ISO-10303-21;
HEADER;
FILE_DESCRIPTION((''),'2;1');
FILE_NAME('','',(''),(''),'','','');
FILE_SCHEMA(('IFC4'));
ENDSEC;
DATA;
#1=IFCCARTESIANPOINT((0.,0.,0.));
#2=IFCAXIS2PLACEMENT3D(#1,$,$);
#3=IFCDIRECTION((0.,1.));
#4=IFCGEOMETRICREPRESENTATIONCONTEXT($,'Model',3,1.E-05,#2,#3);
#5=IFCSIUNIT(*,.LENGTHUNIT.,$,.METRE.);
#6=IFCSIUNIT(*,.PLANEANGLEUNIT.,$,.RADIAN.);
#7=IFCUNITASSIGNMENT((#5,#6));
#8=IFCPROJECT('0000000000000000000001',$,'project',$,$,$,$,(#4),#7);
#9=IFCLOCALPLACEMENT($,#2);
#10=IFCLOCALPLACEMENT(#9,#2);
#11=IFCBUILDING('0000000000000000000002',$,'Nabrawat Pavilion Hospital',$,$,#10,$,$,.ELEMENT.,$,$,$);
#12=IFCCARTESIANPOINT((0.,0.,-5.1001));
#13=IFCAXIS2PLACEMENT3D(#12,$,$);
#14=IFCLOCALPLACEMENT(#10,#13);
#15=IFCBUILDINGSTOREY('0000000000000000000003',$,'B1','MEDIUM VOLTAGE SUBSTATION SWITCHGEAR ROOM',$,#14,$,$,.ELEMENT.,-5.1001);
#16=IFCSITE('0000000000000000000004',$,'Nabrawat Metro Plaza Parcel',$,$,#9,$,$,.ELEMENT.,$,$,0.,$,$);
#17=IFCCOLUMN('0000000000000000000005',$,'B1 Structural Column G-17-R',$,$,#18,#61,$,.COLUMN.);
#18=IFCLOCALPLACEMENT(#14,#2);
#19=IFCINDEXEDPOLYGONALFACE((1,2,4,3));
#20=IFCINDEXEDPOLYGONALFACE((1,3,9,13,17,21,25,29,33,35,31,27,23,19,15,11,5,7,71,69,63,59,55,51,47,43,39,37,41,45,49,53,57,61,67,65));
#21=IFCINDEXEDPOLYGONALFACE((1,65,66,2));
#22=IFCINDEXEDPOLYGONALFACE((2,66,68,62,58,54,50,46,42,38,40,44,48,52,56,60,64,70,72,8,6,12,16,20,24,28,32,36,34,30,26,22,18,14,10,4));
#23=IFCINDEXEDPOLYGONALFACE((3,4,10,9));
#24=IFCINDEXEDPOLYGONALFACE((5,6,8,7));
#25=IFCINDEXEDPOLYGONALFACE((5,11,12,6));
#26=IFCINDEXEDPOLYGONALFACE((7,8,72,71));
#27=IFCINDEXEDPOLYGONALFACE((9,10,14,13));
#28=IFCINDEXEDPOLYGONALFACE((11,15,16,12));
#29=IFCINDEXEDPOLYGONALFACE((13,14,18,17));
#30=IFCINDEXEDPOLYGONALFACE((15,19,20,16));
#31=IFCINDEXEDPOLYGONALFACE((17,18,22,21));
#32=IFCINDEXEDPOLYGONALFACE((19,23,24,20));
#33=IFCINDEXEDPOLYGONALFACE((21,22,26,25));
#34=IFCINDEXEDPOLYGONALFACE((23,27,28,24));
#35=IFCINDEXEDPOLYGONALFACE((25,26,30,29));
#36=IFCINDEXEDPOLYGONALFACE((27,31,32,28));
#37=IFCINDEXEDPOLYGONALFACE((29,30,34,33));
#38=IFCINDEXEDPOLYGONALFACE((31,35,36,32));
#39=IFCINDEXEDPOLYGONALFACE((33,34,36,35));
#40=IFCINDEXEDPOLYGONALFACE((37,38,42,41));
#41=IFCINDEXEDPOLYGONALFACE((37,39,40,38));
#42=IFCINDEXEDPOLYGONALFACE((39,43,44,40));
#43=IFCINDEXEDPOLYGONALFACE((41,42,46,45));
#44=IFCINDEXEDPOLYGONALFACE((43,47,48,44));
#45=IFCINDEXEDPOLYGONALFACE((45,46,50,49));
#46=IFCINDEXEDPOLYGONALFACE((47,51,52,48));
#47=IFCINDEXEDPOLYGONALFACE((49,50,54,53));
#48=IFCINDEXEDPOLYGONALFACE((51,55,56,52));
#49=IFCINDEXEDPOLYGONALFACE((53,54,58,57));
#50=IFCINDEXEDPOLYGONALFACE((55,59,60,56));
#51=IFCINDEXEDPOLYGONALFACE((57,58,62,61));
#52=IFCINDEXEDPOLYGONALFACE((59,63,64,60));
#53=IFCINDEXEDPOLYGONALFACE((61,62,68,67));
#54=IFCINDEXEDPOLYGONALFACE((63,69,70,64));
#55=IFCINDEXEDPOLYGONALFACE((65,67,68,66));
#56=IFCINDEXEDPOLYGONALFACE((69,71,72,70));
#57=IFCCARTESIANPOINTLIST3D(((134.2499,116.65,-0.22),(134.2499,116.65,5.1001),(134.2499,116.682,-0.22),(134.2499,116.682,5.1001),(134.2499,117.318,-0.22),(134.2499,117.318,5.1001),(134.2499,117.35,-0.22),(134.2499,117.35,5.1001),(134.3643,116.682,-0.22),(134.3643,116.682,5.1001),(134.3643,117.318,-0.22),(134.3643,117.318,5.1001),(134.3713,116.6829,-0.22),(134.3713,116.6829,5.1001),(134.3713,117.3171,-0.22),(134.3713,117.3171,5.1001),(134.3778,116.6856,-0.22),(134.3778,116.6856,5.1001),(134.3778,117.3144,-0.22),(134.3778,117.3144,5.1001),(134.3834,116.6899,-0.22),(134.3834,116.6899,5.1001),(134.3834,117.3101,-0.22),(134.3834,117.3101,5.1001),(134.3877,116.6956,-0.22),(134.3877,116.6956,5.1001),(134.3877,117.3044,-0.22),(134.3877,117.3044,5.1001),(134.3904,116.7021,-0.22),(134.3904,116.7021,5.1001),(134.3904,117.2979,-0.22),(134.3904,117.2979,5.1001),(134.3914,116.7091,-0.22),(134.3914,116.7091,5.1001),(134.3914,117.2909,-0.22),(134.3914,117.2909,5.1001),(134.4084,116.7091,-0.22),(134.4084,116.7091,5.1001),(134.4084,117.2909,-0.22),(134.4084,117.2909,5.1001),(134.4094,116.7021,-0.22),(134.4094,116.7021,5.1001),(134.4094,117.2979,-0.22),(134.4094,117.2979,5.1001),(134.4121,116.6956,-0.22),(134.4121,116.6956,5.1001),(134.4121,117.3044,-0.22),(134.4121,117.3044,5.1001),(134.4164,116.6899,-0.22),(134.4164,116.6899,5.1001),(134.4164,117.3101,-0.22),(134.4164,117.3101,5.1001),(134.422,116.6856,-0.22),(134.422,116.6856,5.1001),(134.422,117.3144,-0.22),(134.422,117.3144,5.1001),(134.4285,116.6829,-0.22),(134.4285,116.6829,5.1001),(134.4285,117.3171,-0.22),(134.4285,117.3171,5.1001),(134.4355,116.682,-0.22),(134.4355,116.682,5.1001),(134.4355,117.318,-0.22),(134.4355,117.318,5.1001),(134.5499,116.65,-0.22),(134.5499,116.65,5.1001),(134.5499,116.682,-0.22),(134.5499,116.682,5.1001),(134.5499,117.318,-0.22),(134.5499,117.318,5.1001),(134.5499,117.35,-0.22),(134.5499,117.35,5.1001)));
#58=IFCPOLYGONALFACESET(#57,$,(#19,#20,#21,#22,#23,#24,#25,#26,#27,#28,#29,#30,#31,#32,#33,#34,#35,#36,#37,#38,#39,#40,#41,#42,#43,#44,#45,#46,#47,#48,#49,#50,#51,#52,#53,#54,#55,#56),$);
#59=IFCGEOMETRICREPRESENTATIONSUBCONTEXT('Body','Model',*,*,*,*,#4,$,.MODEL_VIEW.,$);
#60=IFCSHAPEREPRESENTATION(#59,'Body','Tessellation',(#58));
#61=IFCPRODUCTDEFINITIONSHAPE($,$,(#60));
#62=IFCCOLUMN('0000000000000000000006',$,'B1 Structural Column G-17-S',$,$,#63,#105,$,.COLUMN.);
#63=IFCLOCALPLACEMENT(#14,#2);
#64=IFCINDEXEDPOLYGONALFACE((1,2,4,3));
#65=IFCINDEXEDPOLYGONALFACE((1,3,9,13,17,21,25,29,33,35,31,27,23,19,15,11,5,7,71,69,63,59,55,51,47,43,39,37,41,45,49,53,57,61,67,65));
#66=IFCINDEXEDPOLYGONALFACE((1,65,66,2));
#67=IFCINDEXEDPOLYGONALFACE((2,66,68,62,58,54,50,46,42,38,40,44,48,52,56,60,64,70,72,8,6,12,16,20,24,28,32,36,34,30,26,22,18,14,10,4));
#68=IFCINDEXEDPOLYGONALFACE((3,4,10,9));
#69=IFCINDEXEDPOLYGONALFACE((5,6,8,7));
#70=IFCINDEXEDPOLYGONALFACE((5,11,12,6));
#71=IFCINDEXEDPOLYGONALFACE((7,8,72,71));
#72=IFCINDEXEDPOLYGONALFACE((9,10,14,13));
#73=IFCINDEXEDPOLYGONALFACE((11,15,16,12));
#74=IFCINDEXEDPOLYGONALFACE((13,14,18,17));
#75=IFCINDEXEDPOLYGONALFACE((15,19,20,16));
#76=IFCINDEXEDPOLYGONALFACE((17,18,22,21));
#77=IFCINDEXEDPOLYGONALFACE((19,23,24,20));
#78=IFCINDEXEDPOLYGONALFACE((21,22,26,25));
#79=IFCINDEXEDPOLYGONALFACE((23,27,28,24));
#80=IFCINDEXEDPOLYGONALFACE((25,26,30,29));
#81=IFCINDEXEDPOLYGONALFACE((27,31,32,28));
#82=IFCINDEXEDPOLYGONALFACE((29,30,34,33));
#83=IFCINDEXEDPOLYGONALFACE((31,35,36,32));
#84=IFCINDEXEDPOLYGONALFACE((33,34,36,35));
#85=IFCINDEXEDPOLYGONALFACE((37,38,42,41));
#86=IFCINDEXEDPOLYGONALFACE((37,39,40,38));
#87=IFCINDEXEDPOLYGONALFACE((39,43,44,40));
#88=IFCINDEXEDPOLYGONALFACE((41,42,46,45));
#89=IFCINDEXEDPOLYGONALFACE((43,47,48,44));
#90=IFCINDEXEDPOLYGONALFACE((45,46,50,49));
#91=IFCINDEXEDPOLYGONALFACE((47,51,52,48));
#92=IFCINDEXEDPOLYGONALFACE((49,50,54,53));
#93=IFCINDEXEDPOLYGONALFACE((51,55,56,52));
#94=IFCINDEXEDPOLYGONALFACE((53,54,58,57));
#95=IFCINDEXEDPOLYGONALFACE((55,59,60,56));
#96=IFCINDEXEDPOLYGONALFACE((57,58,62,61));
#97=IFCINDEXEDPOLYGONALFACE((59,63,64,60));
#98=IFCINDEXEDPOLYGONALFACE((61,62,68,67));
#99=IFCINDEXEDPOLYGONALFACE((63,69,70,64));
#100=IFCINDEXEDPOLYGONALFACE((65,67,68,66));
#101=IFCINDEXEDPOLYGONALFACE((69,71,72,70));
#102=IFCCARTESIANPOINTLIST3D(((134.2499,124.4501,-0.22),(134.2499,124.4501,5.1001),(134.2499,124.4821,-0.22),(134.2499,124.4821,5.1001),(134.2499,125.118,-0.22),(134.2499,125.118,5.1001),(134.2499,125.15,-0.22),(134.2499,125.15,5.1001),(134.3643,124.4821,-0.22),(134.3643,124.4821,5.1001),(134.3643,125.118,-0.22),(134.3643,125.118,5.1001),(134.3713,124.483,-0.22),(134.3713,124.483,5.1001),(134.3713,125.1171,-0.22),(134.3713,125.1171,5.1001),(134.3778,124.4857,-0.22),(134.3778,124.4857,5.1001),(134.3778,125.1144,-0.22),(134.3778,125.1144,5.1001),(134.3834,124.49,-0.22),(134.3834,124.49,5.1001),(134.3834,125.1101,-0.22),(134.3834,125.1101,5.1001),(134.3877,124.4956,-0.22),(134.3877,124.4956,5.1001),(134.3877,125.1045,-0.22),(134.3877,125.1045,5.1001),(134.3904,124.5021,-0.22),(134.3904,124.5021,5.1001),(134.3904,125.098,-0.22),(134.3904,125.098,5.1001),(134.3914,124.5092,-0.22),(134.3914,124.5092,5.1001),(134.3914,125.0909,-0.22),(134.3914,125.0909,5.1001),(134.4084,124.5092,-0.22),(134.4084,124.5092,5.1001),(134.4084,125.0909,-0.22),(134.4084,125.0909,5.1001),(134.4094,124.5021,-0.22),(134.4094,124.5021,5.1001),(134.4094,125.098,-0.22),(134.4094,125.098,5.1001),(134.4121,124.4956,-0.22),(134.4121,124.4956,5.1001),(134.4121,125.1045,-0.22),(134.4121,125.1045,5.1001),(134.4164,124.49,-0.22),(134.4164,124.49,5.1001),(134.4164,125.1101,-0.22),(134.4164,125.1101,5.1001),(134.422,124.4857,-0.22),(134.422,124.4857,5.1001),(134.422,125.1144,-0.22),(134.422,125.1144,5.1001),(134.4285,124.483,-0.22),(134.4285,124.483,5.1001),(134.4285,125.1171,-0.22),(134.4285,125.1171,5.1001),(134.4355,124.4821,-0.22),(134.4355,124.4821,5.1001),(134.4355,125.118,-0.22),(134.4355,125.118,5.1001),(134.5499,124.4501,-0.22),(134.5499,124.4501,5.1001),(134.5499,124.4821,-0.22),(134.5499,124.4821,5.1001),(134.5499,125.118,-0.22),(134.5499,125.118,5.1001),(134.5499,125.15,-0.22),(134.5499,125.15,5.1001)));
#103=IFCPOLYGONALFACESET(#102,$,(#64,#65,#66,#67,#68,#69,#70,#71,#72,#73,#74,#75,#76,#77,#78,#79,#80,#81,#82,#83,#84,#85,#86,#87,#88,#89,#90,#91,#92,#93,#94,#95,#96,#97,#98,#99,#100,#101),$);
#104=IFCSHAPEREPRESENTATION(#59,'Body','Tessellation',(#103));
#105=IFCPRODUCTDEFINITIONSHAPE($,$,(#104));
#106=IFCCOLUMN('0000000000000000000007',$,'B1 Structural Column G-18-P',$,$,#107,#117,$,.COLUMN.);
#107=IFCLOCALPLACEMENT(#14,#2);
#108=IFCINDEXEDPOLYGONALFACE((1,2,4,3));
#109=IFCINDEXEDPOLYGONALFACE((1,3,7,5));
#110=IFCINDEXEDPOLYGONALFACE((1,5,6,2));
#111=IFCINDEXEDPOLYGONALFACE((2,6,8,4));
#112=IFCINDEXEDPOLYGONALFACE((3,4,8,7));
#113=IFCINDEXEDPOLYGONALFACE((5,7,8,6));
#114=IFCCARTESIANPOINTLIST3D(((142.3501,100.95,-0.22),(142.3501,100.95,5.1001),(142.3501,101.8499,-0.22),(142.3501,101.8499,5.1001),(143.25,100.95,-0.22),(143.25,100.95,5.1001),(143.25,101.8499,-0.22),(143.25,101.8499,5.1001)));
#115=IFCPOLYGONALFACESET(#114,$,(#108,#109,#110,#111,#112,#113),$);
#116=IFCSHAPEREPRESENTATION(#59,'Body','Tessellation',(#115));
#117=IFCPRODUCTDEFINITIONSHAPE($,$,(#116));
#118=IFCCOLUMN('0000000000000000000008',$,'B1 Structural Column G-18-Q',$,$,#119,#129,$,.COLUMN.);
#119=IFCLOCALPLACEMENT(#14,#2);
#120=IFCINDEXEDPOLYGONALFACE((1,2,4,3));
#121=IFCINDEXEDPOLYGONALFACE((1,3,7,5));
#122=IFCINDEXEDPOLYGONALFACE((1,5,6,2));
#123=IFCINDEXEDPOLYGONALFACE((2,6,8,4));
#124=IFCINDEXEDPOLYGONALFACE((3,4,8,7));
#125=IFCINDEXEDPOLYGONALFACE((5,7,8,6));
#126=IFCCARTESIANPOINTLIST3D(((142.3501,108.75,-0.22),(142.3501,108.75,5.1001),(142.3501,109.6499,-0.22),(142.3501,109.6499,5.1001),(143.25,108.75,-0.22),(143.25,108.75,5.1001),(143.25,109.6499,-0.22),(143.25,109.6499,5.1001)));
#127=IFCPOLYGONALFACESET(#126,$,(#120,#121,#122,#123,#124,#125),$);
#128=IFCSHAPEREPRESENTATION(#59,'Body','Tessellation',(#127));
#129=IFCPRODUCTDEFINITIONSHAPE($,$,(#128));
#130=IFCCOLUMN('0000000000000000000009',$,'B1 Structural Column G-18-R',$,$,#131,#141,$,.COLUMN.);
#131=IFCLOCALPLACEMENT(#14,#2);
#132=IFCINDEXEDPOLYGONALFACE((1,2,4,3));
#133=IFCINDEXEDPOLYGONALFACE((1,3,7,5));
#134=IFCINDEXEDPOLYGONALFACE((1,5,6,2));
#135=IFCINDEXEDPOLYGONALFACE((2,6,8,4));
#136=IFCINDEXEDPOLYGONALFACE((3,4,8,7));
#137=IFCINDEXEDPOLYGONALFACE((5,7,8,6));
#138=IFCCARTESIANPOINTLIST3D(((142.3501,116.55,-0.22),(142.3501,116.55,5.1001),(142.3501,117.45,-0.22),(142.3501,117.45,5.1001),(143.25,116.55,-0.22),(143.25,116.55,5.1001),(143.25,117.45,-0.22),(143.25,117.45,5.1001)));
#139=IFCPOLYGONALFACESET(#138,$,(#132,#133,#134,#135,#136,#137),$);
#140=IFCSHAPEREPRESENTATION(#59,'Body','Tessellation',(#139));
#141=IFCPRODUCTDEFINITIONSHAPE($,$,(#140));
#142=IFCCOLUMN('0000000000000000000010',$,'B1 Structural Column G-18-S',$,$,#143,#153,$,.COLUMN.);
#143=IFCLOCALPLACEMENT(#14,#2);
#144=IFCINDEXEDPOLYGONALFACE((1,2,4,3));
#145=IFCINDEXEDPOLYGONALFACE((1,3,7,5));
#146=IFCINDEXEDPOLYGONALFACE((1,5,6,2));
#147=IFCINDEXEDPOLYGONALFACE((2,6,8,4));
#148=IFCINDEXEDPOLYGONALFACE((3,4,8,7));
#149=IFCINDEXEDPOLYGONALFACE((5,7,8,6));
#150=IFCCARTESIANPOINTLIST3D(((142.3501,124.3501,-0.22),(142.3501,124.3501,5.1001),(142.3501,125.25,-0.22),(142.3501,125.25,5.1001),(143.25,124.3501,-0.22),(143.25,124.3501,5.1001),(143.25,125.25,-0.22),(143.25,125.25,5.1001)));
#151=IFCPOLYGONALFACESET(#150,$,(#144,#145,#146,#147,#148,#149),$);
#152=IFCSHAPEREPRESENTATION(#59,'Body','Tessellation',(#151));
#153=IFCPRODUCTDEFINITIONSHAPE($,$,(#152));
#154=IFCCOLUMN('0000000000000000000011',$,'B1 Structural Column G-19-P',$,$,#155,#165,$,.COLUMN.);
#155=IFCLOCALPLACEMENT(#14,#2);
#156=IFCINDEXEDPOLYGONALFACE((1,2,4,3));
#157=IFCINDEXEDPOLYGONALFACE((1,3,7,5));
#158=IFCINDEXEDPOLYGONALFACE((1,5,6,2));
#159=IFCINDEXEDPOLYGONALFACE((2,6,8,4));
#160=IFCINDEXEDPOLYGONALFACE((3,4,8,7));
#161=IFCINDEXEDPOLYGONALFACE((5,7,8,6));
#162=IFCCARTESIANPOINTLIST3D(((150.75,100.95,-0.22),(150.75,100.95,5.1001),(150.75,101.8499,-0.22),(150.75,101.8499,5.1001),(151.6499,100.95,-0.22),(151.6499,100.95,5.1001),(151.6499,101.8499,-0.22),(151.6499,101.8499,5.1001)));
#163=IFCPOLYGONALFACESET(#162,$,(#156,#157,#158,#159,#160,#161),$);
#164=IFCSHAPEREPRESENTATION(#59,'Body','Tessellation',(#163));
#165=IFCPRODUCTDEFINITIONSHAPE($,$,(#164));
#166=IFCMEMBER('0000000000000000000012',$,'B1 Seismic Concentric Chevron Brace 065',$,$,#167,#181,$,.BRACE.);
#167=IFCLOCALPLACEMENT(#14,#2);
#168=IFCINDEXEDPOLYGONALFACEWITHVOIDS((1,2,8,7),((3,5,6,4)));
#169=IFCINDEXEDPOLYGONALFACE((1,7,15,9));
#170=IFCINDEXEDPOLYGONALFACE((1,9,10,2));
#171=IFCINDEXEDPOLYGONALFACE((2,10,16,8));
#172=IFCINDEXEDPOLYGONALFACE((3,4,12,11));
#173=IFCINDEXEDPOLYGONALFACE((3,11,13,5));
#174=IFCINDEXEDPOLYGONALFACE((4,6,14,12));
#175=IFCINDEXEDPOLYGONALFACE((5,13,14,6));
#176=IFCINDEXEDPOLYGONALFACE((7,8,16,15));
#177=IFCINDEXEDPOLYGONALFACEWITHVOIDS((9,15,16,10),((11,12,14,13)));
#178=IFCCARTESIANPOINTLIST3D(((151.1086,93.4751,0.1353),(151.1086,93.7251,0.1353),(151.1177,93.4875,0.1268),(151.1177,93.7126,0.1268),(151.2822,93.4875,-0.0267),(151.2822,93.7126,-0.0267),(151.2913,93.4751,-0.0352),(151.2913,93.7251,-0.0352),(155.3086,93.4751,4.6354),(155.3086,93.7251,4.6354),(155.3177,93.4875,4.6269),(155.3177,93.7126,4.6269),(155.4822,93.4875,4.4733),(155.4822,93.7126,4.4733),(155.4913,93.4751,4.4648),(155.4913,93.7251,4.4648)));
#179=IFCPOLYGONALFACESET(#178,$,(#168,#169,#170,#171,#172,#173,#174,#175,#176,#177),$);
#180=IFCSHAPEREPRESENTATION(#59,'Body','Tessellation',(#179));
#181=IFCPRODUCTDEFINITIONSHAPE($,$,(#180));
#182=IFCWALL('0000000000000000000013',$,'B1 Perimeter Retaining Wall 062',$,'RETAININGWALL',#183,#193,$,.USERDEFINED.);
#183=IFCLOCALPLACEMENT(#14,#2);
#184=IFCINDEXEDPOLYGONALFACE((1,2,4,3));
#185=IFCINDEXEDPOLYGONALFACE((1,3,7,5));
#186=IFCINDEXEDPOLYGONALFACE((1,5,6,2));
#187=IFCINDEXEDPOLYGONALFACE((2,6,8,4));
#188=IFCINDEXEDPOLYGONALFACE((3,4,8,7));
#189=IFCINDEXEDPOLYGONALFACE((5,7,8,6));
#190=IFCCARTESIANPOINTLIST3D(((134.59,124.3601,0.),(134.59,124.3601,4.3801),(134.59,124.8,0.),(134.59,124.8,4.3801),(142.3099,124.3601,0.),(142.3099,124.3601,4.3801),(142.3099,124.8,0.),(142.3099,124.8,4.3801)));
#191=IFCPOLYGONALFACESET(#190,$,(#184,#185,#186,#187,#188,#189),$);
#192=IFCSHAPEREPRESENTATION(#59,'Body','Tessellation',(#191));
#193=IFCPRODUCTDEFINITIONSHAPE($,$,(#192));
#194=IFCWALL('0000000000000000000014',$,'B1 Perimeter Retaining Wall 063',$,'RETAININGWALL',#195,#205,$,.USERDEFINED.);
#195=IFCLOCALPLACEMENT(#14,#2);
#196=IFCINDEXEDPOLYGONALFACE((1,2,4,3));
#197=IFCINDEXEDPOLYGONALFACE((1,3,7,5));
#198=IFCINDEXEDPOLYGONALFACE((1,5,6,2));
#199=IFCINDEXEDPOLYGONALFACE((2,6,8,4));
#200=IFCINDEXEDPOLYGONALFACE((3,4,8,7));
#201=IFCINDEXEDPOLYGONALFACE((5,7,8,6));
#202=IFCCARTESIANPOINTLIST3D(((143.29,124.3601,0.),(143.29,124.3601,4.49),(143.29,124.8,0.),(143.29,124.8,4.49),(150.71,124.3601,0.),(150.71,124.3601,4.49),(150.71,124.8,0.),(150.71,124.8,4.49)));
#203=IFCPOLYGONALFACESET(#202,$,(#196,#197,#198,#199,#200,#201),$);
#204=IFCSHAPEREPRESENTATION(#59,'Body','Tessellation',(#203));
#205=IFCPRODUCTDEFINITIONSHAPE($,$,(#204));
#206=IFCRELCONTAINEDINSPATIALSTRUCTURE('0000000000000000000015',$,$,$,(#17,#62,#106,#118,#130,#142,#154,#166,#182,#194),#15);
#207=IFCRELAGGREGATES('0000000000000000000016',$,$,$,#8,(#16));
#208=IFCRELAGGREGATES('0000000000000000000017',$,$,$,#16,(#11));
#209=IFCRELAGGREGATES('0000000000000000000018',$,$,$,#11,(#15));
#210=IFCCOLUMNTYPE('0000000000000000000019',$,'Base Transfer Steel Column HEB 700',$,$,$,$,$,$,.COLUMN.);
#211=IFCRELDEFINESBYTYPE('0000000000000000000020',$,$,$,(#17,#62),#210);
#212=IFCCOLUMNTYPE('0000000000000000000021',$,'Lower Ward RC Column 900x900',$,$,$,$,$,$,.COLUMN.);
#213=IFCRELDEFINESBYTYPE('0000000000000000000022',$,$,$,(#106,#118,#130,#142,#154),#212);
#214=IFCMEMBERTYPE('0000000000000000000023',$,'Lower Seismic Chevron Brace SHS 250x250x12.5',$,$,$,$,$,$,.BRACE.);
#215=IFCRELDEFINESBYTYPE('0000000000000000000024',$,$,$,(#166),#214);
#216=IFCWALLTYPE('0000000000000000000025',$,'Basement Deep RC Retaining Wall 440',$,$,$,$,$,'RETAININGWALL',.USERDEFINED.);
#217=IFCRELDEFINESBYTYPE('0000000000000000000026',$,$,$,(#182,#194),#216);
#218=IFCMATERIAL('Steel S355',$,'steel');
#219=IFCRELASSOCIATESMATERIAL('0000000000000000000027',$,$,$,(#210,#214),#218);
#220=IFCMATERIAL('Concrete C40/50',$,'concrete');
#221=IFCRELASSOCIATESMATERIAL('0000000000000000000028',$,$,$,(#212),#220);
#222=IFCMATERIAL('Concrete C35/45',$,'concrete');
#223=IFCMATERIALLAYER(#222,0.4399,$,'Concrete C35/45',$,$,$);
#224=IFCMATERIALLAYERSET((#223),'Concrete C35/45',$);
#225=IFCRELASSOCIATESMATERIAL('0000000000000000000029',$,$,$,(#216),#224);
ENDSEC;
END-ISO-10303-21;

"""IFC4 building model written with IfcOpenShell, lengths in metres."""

from ifc_helpers import new_model, si_unit, direction, frame, frame_2d, origin, origin_2d, place, context, subcontext, project, spatial, rectangle, hollow_rectangle, i_section, extrude, material, layer, layer_set, material_profile, profile_set, type_object, element, save


model = new_model("IFC4")

# Units and contexts
model_context = context("Model", 3, precision=1e-05, world=origin(), true_north=direction((0.0, 1.0)))
body_context = subcontext(model_context, "Body", "Model", "MODEL_VIEW")
ifc_project = project(units=[si_unit("LENGTHUNIT", "METRE"), si_unit("PLANEANGLEUNIT", "RADIAN")], contexts=[model_context])

# Site, building, storey
site_placement = place(None, origin())
site = spatial("IfcSite", under=ifc_project, at=site_placement, Name="Nabrawat Metro Plaza Parcel", CompositionType="ELEMENT", RefElevation=0.0)
building_placement = place(site_placement, origin())
building = spatial("IfcBuilding", under=site, at=building_placement, Name="Nabrawat Pavilion Hospital", CompositionType="ELEMENT")
storey_placement = place(building_placement, frame((0.0, 0.0, -5.1001)))
storey = spatial("IfcBuildingStorey", under=building, at=storey_placement, Name="B1", Description="MEDIUM VOLTAGE SUBSTATION SWITCHGEAR ROOM", CompositionType="ELEMENT", Elevation=-5.1001)

# Shared definitions
ifc_material_1 = material(Name="Concrete C35/45", Category="concrete")

# Columns
ifc_material_2 = material(Name="Steel S355", Category="steel")
ifc_material_profile_1 = material_profile(ifc_material_2, i_section(OverallWidth=0.3, OverallDepth=0.7, WebThickness=0.0171, FlangeThickness=0.032, FilletRadius=0.0271, at=origin_2d()), Name="HEB 700")
ifc_profile_set_1 = profile_set([ifc_material_profile_1], Name="Steel S355")
column_type_1 = type_object("IfcColumnType", Name="Base Transfer Steel Column HEB 700", PredefinedType="COLUMN", material=ifc_profile_set_1)
for number, where, z_axis, x_axis, name in (
    (1, (134.3999, 117.0, -0.22), (0.0, 0.0, 1.0), (1.0, 0.0, 0.0), "B1 Structural Column G-17-R"),
    (2, (134.3999, 124.8, -0.22), (0.0, 0.0, 1.0), (1.0, 0.0, 0.0), "B1 Structural Column G-17-S"),
):
    element("IfcColumn", number, at=place(storey_placement, frame(where, z_axis=z_axis, x_axis=x_axis)), inside=storey, type_object=column_type_1, Name=name, PredefinedType="COLUMN", context=body_context, shape_type="SweptSolid", body=[
        extrude(i_section(OverallWidth=0.3, OverallDepth=0.7, WebThickness=0.0171, FlangeThickness=0.032, FilletRadius=0.0271, at=origin_2d()), origin(), (0.0, 0.0, 1.0), 5.3201),
    ])
ifc_material_3 = material(Name="Concrete C40/50", Category="concrete")
ifc_material_profile_2 = material_profile(ifc_material_3, rectangle(XDim=0.8999, YDim=0.8999, at=origin_2d()), Name="RC 900x900")
ifc_profile_set_2 = profile_set([ifc_material_profile_2], Name="Concrete C40/50")
column_type_2 = type_object("IfcColumnType", Name="Lower Ward RC Column 900x900", PredefinedType="COLUMN", material=ifc_profile_set_2)
for number, where, z_axis, x_axis, name in (
    (3, (142.8, 101.3999, -0.22), (0.0, 0.0, 1.0), (1.0, 0.0, 0.0), "B1 Structural Column G-18-P"),
    (4, (142.8, 109.2, -0.22), (0.0, 0.0, 1.0), (1.0, 0.0, 0.0), "B1 Structural Column G-18-Q"),
    (5, (142.8, 117.0, -0.22), (0.0, 0.0, 1.0), (1.0, 0.0, 0.0), "B1 Structural Column G-18-R"),
    (6, (142.8, 124.8, -0.22), (0.0, 0.0, 1.0), (1.0, 0.0, 0.0), "B1 Structural Column G-18-S"),
    (7, (151.2, 101.3999, -0.22), (0.0, 0.0, 1.0), (1.0, 0.0, 0.0), "B1 Structural Column G-19-P"),
):
    element("IfcColumn", number, at=place(storey_placement, frame(where, z_axis=z_axis, x_axis=x_axis)), inside=storey, type_object=column_type_2, Name=name, PredefinedType="COLUMN", context=body_context, shape_type="SweptSolid", body=[
        extrude(rectangle(XDim=0.8999, YDim=0.8999, at=origin_2d()), origin(), (0.0, 0.0, 1.0), 5.3201),
    ])

# Member
ifc_material_profile_3 = material_profile(ifc_material_2, hollow_rectangle(XDim=0.25, YDim=0.25, WallThickness=0.0125, at=origin_2d()), Name="SHS 250x250x12.5")
ifc_profile_set_3 = profile_set([ifc_material_profile_3], Name="Steel S355")
member_type = type_object("IfcMemberType", Name="Lower Seismic Chevron Brace SHS 250x250x12.5", PredefinedType="BRACE", material=ifc_profile_set_3)
member_placement = place(storey_placement, frame((151.2, 93.6001, 0.05), z_axis=(0.682314, 0.0, 0.731059), x_axis=(0.0, 1.0, 0.0)))
element("IfcMember", 8, at=member_placement, inside=storey, type_object=member_type, Name="B1 Seismic Concentric Chevron Brace 065", PredefinedType="BRACE", context=body_context, shape_type="SweptSolid", body=[
    extrude(hollow_rectangle(XDim=0.25, YDim=0.25, WallThickness=0.0125, at=origin_2d()), origin(), (0.0, 0.0, 1.0), 6.1555),
])

# Walls
ifc_layer_1 = layer(ifc_material_1, 0.4399, Name="Concrete C35/45")
ifc_layer_set_1 = layer_set([ifc_layer_1], Name="Concrete C35/45")
wall_type = type_object("IfcWallType", Name="Basement Deep RC Retaining Wall 440", ElementType="RETAININGWALL", PredefinedType="USERDEFINED", material=ifc_layer_set_1)
wall_1_placement = place(storey_placement, frame((134.5901, 124.5801, 0.0), z_axis=(0.0, 0.0, 1.0), x_axis=(1.0, 0.0, 0.0)))
element("IfcWall", 9, at=wall_1_placement, inside=storey, type_object=wall_type, Name="B1 Perimeter Retaining Wall 062", ObjectType="RETAININGWALL", PredefinedType="USERDEFINED", context=body_context, shape_type="SweptSolid", body=[
    extrude(rectangle(XDim=7.72, YDim=0.4399, at=frame_2d((3.8599, 0.0))), origin(), (0.0, 0.0, 1.0), 4.3801),
])
wall_2_placement = place(storey_placement, frame((143.29, 124.5801, 0.0), z_axis=(0.0, 0.0, 1.0), x_axis=(1.0, 0.0, 0.0)))
element("IfcWall", 10, at=wall_2_placement, inside=storey, type_object=wall_type, Name="B1 Perimeter Retaining Wall 063", ObjectType="RETAININGWALL", PredefinedType="USERDEFINED", context=body_context, shape_type="SweptSolid", body=[
    extrude(rectangle(XDim=7.4199, YDim=0.4399, at=frame_2d((3.71, 0.0))), origin(), (0.0, 0.0, 1.0), 4.49),
])

save(model, "model.ifc")
